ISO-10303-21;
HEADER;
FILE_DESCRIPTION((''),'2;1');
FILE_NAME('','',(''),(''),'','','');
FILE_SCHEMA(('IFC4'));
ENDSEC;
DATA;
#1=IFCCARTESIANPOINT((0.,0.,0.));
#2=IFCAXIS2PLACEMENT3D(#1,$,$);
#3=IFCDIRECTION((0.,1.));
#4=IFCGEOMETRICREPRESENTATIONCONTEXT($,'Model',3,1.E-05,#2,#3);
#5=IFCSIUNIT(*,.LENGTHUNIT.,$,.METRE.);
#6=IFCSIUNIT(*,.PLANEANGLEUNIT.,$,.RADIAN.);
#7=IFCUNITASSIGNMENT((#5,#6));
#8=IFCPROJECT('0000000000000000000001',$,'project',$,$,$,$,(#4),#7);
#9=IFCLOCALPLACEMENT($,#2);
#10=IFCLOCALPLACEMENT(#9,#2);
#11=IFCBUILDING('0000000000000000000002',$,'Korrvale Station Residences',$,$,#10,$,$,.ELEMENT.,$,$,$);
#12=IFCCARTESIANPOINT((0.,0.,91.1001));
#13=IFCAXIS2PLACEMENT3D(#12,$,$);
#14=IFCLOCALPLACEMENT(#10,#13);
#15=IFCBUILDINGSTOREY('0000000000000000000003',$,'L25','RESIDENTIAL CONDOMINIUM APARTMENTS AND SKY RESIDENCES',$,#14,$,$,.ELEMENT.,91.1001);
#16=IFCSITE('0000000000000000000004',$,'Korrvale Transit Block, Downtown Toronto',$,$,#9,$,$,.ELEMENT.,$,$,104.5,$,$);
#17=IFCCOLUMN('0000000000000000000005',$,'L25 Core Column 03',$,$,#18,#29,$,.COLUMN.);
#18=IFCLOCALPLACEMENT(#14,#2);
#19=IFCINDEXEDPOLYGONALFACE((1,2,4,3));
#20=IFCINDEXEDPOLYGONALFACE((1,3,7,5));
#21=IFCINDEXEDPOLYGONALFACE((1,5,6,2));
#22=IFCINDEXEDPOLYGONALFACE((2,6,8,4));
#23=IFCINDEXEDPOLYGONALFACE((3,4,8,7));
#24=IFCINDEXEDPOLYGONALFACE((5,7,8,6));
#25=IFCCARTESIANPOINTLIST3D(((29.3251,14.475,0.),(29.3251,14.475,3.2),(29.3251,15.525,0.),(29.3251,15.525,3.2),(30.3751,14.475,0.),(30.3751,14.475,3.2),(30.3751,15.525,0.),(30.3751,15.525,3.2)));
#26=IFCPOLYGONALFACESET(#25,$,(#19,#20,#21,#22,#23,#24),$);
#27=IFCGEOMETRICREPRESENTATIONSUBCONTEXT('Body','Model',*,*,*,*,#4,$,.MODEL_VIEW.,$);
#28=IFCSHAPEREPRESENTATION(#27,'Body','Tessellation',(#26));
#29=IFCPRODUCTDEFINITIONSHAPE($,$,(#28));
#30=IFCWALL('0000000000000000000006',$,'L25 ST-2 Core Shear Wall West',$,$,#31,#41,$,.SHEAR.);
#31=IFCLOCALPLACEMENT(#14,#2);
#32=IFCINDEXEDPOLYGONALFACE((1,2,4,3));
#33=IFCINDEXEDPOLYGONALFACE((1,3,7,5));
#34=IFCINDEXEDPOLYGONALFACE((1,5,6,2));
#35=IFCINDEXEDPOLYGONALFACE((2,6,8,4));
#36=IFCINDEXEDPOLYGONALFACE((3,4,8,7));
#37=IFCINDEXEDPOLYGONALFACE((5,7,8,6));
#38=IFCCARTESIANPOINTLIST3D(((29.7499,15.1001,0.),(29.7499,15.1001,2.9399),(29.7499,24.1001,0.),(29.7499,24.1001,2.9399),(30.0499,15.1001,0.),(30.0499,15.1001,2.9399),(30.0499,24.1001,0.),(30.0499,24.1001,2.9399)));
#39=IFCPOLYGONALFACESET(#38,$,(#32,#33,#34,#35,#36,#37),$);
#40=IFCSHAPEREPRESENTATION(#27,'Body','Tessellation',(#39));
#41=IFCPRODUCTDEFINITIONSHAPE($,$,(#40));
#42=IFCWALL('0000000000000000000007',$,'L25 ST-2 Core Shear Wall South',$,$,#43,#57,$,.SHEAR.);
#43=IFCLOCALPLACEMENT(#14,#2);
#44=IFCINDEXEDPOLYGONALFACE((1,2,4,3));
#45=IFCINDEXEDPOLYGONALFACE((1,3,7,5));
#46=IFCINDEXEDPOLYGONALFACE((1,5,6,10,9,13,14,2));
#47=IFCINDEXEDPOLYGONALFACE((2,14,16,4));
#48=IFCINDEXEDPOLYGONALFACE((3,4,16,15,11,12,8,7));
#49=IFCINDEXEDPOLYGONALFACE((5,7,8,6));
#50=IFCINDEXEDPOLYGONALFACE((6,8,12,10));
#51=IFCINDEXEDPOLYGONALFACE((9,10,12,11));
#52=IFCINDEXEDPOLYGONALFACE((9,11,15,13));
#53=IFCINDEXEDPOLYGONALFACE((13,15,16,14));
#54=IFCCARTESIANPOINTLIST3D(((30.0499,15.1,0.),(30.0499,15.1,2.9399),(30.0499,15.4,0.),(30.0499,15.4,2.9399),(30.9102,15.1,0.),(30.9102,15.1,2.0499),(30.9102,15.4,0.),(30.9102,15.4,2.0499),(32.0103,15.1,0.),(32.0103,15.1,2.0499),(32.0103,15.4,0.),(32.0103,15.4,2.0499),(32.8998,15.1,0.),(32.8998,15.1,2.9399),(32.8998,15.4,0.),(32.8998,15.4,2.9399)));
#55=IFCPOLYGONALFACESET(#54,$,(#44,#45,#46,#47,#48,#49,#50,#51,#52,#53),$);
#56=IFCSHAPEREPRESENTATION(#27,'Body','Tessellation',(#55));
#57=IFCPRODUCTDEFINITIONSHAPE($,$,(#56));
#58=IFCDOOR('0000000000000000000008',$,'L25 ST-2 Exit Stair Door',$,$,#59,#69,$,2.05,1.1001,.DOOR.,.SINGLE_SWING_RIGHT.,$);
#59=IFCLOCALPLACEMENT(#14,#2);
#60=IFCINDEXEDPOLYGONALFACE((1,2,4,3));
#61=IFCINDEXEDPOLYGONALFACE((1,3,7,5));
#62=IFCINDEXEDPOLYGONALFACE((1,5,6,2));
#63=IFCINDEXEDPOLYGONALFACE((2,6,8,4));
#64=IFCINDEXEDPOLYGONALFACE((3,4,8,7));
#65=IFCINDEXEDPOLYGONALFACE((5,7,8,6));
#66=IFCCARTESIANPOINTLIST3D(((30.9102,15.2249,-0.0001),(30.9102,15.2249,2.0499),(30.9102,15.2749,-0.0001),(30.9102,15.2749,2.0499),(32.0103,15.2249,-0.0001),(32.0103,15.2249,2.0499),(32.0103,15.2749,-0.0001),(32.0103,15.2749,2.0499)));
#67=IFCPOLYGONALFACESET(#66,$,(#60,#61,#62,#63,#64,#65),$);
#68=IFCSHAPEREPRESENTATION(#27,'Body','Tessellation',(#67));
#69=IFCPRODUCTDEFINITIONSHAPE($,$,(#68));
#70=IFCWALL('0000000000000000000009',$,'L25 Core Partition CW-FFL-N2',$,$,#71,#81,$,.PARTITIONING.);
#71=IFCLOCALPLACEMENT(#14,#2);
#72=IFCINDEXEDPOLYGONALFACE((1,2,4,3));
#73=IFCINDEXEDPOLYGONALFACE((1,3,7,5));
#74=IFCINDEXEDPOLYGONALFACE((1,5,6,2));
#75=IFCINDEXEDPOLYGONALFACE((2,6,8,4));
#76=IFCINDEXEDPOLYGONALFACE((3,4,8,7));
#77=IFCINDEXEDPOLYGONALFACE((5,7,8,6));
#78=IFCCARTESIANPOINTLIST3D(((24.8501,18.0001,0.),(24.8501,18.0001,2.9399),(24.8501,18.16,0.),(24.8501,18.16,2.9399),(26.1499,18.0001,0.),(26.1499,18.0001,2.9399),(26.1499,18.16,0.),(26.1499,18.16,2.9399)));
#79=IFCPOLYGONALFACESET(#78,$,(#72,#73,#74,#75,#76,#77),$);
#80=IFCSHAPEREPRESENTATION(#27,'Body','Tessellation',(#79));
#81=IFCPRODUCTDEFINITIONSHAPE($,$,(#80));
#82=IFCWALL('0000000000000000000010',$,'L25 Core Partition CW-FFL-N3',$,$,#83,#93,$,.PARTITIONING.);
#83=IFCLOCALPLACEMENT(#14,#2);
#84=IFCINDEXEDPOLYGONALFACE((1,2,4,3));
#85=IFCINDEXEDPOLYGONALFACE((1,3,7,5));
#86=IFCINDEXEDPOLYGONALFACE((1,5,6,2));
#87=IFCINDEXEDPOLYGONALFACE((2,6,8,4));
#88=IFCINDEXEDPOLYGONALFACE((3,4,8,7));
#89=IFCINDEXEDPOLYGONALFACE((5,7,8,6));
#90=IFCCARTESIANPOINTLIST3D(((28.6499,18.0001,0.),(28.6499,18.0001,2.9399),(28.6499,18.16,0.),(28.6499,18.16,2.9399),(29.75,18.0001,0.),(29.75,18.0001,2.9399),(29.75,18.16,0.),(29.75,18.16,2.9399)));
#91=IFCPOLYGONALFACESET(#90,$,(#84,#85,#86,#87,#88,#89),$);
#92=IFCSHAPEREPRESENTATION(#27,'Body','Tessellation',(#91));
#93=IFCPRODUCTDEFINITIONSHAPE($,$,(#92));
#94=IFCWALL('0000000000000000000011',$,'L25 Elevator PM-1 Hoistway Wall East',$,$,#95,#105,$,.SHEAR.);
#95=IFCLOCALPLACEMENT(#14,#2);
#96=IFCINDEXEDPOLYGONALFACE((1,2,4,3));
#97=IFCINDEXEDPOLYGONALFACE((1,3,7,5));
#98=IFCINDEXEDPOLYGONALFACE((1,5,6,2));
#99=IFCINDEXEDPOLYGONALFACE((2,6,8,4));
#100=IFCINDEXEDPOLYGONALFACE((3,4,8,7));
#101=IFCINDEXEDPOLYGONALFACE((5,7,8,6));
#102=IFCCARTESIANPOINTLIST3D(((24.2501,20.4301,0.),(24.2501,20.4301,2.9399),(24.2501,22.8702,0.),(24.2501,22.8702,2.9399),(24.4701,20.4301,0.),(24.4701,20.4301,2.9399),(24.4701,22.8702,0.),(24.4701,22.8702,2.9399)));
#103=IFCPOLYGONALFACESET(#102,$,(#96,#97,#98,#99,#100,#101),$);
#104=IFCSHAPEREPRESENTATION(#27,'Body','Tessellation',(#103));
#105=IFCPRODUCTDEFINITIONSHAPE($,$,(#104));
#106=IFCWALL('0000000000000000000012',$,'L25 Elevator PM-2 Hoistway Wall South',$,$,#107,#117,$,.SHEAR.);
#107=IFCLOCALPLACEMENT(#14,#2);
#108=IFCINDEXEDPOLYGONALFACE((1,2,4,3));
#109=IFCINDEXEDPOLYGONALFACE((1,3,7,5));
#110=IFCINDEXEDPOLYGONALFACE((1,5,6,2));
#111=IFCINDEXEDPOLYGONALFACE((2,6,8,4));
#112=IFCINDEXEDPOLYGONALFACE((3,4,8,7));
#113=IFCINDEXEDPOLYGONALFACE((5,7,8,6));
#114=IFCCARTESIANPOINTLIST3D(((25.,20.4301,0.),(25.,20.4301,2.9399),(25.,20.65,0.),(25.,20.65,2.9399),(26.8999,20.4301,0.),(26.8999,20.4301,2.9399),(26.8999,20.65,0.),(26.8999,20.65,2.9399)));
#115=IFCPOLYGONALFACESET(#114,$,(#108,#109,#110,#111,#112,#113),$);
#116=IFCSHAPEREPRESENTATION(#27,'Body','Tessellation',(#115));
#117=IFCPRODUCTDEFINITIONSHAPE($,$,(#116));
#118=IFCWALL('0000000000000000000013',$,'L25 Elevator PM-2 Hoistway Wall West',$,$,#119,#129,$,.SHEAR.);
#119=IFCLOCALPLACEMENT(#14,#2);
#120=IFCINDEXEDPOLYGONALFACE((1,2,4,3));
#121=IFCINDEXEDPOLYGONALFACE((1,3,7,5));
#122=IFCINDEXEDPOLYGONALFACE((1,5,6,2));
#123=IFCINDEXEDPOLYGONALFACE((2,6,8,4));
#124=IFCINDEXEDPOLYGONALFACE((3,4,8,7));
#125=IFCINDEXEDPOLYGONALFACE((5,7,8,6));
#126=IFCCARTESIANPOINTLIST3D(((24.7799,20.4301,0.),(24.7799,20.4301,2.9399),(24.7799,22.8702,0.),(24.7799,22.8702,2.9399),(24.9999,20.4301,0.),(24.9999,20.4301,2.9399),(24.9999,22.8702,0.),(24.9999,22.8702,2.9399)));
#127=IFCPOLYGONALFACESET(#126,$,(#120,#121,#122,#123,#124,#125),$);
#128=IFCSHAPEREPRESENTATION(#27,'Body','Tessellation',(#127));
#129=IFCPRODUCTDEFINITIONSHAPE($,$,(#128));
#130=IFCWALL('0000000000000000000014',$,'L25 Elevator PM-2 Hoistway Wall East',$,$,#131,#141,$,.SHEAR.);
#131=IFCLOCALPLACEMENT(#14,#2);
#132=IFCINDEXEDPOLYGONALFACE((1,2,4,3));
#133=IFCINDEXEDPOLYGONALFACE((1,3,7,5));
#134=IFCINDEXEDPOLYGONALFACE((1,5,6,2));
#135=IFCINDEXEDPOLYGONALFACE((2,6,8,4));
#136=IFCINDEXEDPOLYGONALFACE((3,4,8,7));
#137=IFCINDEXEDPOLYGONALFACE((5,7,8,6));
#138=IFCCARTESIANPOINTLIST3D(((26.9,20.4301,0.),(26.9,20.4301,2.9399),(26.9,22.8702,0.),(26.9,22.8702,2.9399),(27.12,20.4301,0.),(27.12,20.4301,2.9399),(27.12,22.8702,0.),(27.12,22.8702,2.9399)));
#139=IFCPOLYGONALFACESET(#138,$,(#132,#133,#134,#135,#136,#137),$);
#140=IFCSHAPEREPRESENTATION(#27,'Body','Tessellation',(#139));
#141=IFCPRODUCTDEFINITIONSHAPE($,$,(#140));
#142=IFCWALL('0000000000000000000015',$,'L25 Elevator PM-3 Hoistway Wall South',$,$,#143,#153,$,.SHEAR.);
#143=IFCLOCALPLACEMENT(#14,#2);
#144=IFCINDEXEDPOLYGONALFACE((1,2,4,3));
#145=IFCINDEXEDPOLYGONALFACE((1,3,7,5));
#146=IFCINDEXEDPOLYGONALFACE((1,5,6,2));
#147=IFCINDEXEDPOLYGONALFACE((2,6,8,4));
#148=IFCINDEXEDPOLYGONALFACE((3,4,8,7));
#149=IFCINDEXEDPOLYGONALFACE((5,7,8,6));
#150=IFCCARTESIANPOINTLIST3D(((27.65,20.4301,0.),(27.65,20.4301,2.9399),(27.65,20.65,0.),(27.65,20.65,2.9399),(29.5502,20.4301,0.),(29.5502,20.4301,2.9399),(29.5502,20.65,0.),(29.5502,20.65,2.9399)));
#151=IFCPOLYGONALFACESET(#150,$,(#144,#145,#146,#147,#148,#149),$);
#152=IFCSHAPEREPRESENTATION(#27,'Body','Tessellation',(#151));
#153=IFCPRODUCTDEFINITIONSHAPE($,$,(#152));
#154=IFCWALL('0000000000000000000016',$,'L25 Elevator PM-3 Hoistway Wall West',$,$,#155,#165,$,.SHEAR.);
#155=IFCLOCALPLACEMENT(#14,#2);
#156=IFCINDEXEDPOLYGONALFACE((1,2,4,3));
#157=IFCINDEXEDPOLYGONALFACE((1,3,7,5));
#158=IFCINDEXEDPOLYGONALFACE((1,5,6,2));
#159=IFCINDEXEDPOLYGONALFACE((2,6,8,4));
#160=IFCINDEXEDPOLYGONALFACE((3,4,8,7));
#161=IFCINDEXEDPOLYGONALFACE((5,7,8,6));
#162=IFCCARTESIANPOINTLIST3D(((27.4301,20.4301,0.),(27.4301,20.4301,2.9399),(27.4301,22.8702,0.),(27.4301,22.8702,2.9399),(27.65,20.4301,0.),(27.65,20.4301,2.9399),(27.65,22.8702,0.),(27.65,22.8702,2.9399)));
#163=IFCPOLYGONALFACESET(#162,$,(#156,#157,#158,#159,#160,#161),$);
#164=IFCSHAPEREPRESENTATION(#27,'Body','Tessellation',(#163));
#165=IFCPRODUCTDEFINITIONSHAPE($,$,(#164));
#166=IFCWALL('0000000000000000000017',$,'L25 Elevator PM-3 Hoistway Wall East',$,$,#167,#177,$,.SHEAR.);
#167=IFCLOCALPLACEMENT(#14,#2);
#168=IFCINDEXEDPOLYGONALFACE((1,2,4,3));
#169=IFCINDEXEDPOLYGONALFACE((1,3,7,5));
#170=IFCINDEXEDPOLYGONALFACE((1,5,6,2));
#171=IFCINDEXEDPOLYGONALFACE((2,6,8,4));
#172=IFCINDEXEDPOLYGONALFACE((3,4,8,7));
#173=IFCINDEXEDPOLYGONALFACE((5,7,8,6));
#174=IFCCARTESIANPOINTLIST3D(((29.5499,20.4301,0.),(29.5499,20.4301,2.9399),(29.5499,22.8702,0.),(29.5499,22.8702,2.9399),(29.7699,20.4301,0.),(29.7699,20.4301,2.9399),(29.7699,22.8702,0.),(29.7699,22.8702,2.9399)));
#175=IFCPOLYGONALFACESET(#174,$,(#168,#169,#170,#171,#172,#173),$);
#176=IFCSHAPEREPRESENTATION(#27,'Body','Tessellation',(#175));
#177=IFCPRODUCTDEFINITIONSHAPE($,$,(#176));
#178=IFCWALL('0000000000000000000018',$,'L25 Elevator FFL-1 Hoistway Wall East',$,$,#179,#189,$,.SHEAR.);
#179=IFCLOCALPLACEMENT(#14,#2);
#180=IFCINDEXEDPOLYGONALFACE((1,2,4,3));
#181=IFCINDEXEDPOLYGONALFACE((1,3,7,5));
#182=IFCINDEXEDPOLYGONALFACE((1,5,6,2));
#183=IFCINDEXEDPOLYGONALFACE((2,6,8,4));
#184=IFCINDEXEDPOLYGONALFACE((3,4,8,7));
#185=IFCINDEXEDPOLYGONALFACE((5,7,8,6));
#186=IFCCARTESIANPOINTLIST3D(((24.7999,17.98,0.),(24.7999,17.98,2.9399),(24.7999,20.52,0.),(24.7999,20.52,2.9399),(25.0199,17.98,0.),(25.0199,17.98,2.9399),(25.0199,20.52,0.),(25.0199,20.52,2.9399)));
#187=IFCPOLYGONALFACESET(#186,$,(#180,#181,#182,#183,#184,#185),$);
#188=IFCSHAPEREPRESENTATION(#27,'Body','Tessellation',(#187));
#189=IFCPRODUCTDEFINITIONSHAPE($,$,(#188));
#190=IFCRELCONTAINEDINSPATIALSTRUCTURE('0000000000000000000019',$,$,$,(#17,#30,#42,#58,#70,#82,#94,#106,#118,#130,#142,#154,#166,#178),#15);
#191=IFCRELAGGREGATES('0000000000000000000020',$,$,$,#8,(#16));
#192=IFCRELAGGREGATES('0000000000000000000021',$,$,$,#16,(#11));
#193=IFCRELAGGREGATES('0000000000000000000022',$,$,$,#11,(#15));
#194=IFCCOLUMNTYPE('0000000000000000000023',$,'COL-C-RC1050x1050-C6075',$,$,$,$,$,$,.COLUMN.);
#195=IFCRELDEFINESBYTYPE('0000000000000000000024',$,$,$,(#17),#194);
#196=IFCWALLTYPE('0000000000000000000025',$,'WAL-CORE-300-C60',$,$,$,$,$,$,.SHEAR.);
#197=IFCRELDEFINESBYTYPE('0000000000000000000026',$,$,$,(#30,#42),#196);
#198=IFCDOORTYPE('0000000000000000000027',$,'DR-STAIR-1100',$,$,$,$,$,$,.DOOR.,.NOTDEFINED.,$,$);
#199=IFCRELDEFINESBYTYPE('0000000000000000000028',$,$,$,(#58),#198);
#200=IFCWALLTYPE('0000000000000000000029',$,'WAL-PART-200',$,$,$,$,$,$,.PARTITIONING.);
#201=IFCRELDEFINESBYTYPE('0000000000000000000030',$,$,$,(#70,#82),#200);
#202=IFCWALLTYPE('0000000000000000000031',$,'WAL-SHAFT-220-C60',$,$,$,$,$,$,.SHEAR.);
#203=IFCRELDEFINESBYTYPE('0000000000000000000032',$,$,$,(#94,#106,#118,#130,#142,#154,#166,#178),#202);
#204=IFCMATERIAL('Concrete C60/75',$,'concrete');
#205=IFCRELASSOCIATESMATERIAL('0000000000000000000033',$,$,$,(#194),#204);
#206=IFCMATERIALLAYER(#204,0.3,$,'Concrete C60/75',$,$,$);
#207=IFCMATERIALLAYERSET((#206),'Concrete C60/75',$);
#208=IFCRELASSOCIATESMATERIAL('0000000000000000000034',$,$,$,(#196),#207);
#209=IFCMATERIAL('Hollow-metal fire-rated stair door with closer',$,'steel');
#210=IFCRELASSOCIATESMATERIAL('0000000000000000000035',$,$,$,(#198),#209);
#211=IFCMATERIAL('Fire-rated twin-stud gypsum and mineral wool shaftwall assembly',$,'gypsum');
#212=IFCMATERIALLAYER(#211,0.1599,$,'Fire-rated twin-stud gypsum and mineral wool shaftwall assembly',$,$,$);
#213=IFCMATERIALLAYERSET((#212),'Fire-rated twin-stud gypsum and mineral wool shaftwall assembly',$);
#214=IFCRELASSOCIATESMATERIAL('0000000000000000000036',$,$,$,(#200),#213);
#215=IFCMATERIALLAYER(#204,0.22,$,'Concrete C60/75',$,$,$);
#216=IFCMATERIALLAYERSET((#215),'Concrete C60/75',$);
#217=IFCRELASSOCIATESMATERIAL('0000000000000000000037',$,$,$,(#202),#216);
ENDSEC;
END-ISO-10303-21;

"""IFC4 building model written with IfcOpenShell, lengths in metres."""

from ifc_helpers import new_model, si_unit, direction, frame, frame_2d, origin, origin_2d, place, context, subcontext, project, spatial, rectangle, extrude, material, layer, layer_set, material_profile, profile_set, type_object, element, fill, save


model = new_model("IFC4")

# Units and contexts
model_context = context("Model", 3, precision=1e-05, world=origin(), true_north=direction((0.0, 1.0)))
body_context = subcontext(model_context, "Body", "Model", "MODEL_VIEW")
ifc_project = project(units=[si_unit("LENGTHUNIT", "METRE"), si_unit("PLANEANGLEUNIT", "RADIAN")], contexts=[model_context])

# Site, building, storey
site_placement = place(None, origin())
site = spatial("IfcSite", under=ifc_project, at=site_placement, Name="Korrvale Transit Block, Downtown Toronto", CompositionType="ELEMENT", RefElevation=104.5)
building_placement = place(site_placement, origin())
building = spatial("IfcBuilding", under=site, at=building_placement, Name="Korrvale Station Residences", CompositionType="ELEMENT")
storey_placement = place(building_placement, frame((0.0, 0.0, 91.1001)))
storey = spatial("IfcBuildingStorey", under=building, at=storey_placement, Name="L25", Description="RESIDENTIAL CONDOMINIUM APARTMENTS AND SKY RESIDENCES", CompositionType="ELEMENT", Elevation=91.1001)

# Column
ifc_material_1 = material(Name="Concrete C60/75", Category="concrete")
ifc_material_profile = material_profile(ifc_material_1, rectangle(XDim=1.05, YDim=1.05, at=origin_2d()), Name="RC1050x1050")
ifc_profile_set = profile_set([ifc_material_profile], Name="Concrete C60/75")
column_type = type_object("IfcColumnType", Name="COL-C-RC1050x1050-C6075", PredefinedType="COLUMN", material=ifc_profile_set)
column_placement = place(storey_placement, frame((29.8501, 15.0, 0.0), z_axis=(0.0, 0.0, 1.0), x_axis=(1.0, 0.0, 0.0)))
element("IfcColumn", 1, at=column_placement, inside=storey, type_object=column_type, Name="L25 Core Column 03", PredefinedType="COLUMN", context=body_context, shape_type="SweptSolid", body=[
    extrude(rectangle(XDim=1.05, YDim=1.05, at=origin_2d()), origin(), (0.0, 0.0, 1.0), 3.2),
])

# Wall
ifc_layer_1 = layer(ifc_material_1, 0.3, Name="Concrete C60/75")
ifc_layer_set_1 = layer_set([ifc_layer_1], Name="Concrete C60/75")
wall_type_1 = type_object("IfcWallType", Name="WAL-CORE-300-C60", PredefinedType="SHEAR", material=ifc_layer_set_1)
wall_1_placement = place(storey_placement, frame((29.8999, 15.1001, 0.0), z_axis=(0.0, 0.0, 1.0), x_axis=(0.0, 1.0, 0.0)))
element("IfcWall", 2, at=wall_1_placement, inside=storey, type_object=wall_type_1, Name="L25 ST-2 Core Shear Wall West", PredefinedType="SHEAR", context=body_context, shape_type="SweptSolid", body=[
    extrude(rectangle(XDim=9.0, YDim=0.3, at=frame_2d((4.5, 0.0))), origin(), (0.0, 0.0, 1.0), 2.9399),
])

# Wall, opening, door
wall_2_placement = place(storey_placement, frame((30.05, 15.25, 0.0), z_axis=(0.0, 0.0, 1.0), x_axis=(1.0, 0.0, 0.0)))
wall_2 = element("IfcWall", 3, at=wall_2_placement, inside=storey, type_object=wall_type_1, Name="L25 ST-2 Core Shear Wall South", PredefinedType="SHEAR", context=body_context, shape_type="SweptSolid", body=[
    extrude(rectangle(XDim=2.8499, YDim=0.3, at=frame_2d((1.4248, 0.0))), origin(), (0.0, 0.0, 1.0), 2.9399),
])
opening_1_placement = place(wall_2_placement, frame((0.8601, 0.0, 0.0)))
opening_1 = element("IfcOpeningElement", 4, at=opening_1_placement, cuts=wall_2, PredefinedType="OPENING", context=body_context, shape_type="SweptSolid", body=[
    extrude(rectangle(XDim=1.1001, YDim=2.05, at=frame_2d((0.55, 1.0249))), frame((0.0, 0.1602, 0.0), z_axis=(0.0, -1.0, 0.0), x_axis=(1.0, 0.0, 0.0)), (0.0, 0.0, 1.0), 0.3201),
])
ifc_material_2 = material(Name="Hollow-metal fire-rated stair door with closer", Category="steel")
door_type_1 = type_object("IfcDoorType", Name="DR-STAIR-1100", OperationType="NOTDEFINED", PredefinedType="DOOR", material=ifc_material_2)
door_1_placement = place(opening_1_placement, origin())
door_1 = element("IfcDoor", 5, at=door_1_placement, inside=storey, type_object=door_type_1, Name="L25 ST-2 Exit Stair Door", OperationType="SINGLE_SWING_RIGHT", OverallHeight=2.05, OverallWidth=1.1001, PredefinedType="DOOR", context=body_context, shape_type="SweptSolid", body=[
    extrude(rectangle(XDim=1.1001, YDim=2.05, at=frame_2d((0.55, 1.0249))), frame((0.0, 0.0249, 0.0), z_axis=(0.0, -1.0, 0.0), x_axis=(1.0, 0.0, 0.0)), (0.0, 0.0, 1.0), 0.05),
])
fill(opening_1, door_1)

# Walls
ifc_material_3 = material(Name="Fire-rated twin-stud gypsum and mineral wool shaftwall assembly", Category="gypsum")
ifc_layer_2 = layer(ifc_material_3, 0.1599, Name="Fire-rated twin-stud gypsum and mineral wool shaftwall assembly")
ifc_layer_set_2 = layer_set([ifc_layer_2], Name="Fire-rated twin-stud gypsum and mineral wool shaftwall assembly")
wall_type_2 = type_object("IfcWallType", Name="WAL-PART-200", PredefinedType="PARTITIONING", material=ifc_layer_set_2)
wall_3_placement = place(storey_placement, frame((24.8501, 18.0801, 0.0), z_axis=(0.0, 0.0, 1.0), x_axis=(1.0, 0.0, 0.0)))
element("IfcWall", 6, at=wall_3_placement, inside=storey, type_object=wall_type_2, Name="L25 Core Partition CW-FFL-N2", PredefinedType="PARTITIONING", context=body_context, shape_type="SweptSolid", body=[
    extrude(rectangle(XDim=1.2998, YDim=0.1599, at=frame_2d((0.6499, 0.0))), origin(), (0.0, 0.0, 1.0), 2.9399),
])
wall_4_placement = place(storey_placement, frame((28.6499, 18.0801, 0.0), z_axis=(0.0, 0.0, 1.0), x_axis=(1.0, 0.0, 0.0)))
element("IfcWall", 7, at=wall_4_placement, inside=storey, type_object=wall_type_2, Name="L25 Core Partition CW-FFL-N3", PredefinedType="PARTITIONING", context=body_context, shape_type="SweptSolid", body=[
    extrude(rectangle(XDim=1.1001, YDim=0.1599, at=frame_2d((0.55, 0.0))), origin(), (0.0, 0.0, 1.0), 2.9399),
])
ifc_layer_3 = layer(ifc_material_1, 0.22, Name="Concrete C60/75")
ifc_layer_set_3 = layer_set([ifc_layer_3], Name="Concrete C60/75")
wall_type_3 = type_object("IfcWallType", Name="WAL-SHAFT-220-C60", PredefinedType="SHEAR", material=ifc_layer_set_3)
wall_5_placement = place(storey_placement, frame((24.3601, 20.4299, 0.0), z_axis=(0.0, 0.0, 1.0), x_axis=(0.0, 1.0, 0.0)))
element("IfcWall", 8, at=wall_5_placement, inside=storey, type_object=wall_type_3, Name="L25 Elevator PM-1 Hoistway Wall East", PredefinedType="SHEAR", context=body_context, shape_type="SweptSolid", body=[
    extrude(rectangle(XDim=2.4402, YDim=0.22, at=frame_2d((1.2202, 0.0))), origin(), (0.0, 0.0, 1.0), 2.9399),
])
wall_6_placement = place(storey_placement, frame((25.0, 20.54, 0.0), z_axis=(0.0, 0.0, 1.0), x_axis=(1.0, 0.0, 0.0)))
element("IfcWall", 9, at=wall_6_placement, inside=storey, type_object=wall_type_3, Name="L25 Elevator PM-2 Hoistway Wall South", PredefinedType="SHEAR", context=body_context, shape_type="SweptSolid", body=[
    extrude(rectangle(XDim=1.8999, YDim=0.22, at=frame_2d((0.95, 0.0))), origin(), (0.0, 0.0, 1.0), 2.9399),
])
for number, where, z_axis, x_axis, name in (
    (10, (24.8899, 20.4299, 0.0), (0.0, 0.0, 1.0), (0.0, 1.0, 0.0), "L25 Elevator PM-2 Hoistway Wall West"),
    (11, (27.01, 20.4299, 0.0), (0.0, 0.0, 1.0), (0.0, 1.0, 0.0), "L25 Elevator PM-2 Hoistway Wall East"),
):
    element("IfcWall", number, at=place(storey_placement, frame(where, z_axis=z_axis, x_axis=x_axis)), inside=storey, type_object=wall_type_3, Name=name, PredefinedType="SHEAR", context=body_context, shape_type="SweptSolid", body=[
        extrude(rectangle(XDim=2.4402, YDim=0.22, at=frame_2d((1.2202, 0.0))), origin(), (0.0, 0.0, 1.0), 2.9399),
    ])
wall_7_placement = place(storey_placement, frame((27.6499, 20.54, 0.0), z_axis=(0.0, 0.0, 1.0), x_axis=(1.0, 0.0, 0.0)))
element("IfcWall", 12, at=wall_7_placement, inside=storey, type_object=wall_type_3, Name="L25 Elevator PM-3 Hoistway Wall South", PredefinedType="SHEAR", context=body_context, shape_type="SweptSolid", body=[
    extrude(rectangle(XDim=1.9001, YDim=0.22, at=frame_2d((0.9502, 0.0))), origin(), (0.0, 0.0, 1.0), 2.9399),
])
for number, where, z_axis, x_axis, name in (
    (13, (27.54, 20.4299, 0.0), (0.0, 0.0, 1.0), (0.0, 1.0, 0.0), "L25 Elevator PM-3 Hoistway Wall West"),
    (14, (29.6599, 20.4299, 0.0), (0.0, 0.0, 1.0), (0.0, 1.0, 0.0), "L25 Elevator PM-3 Hoistway Wall East"),
):
    element("IfcWall", number, at=place(storey_placement, frame(where, z_axis=z_axis, x_axis=x_axis)), inside=storey, type_object=wall_type_3, Name=name, PredefinedType="SHEAR", context=body_context, shape_type="SweptSolid", body=[
        extrude(rectangle(XDim=2.4402, YDim=0.22, at=frame_2d((1.2202, 0.0))), origin(), (0.0, 0.0, 1.0), 2.9399),
    ])
wall_8_placement = place(storey_placement, frame((24.9099, 17.98, 0.0), z_axis=(0.0, 0.0, 1.0), x_axis=(0.0, 1.0, 0.0)))
element("IfcWall", 15, at=wall_8_placement, inside=storey, type_object=wall_type_3, Name="L25 Elevator FFL-1 Hoistway Wall East", PredefinedType="SHEAR", context=body_context, shape_type="SweptSolid", body=[
    extrude(rectangle(XDim=2.54, YDim=0.22, at=frame_2d((1.27, 0.0))), origin(), (0.0, 0.0, 1.0), 2.9399),
])

save(model, "model.ifc")
